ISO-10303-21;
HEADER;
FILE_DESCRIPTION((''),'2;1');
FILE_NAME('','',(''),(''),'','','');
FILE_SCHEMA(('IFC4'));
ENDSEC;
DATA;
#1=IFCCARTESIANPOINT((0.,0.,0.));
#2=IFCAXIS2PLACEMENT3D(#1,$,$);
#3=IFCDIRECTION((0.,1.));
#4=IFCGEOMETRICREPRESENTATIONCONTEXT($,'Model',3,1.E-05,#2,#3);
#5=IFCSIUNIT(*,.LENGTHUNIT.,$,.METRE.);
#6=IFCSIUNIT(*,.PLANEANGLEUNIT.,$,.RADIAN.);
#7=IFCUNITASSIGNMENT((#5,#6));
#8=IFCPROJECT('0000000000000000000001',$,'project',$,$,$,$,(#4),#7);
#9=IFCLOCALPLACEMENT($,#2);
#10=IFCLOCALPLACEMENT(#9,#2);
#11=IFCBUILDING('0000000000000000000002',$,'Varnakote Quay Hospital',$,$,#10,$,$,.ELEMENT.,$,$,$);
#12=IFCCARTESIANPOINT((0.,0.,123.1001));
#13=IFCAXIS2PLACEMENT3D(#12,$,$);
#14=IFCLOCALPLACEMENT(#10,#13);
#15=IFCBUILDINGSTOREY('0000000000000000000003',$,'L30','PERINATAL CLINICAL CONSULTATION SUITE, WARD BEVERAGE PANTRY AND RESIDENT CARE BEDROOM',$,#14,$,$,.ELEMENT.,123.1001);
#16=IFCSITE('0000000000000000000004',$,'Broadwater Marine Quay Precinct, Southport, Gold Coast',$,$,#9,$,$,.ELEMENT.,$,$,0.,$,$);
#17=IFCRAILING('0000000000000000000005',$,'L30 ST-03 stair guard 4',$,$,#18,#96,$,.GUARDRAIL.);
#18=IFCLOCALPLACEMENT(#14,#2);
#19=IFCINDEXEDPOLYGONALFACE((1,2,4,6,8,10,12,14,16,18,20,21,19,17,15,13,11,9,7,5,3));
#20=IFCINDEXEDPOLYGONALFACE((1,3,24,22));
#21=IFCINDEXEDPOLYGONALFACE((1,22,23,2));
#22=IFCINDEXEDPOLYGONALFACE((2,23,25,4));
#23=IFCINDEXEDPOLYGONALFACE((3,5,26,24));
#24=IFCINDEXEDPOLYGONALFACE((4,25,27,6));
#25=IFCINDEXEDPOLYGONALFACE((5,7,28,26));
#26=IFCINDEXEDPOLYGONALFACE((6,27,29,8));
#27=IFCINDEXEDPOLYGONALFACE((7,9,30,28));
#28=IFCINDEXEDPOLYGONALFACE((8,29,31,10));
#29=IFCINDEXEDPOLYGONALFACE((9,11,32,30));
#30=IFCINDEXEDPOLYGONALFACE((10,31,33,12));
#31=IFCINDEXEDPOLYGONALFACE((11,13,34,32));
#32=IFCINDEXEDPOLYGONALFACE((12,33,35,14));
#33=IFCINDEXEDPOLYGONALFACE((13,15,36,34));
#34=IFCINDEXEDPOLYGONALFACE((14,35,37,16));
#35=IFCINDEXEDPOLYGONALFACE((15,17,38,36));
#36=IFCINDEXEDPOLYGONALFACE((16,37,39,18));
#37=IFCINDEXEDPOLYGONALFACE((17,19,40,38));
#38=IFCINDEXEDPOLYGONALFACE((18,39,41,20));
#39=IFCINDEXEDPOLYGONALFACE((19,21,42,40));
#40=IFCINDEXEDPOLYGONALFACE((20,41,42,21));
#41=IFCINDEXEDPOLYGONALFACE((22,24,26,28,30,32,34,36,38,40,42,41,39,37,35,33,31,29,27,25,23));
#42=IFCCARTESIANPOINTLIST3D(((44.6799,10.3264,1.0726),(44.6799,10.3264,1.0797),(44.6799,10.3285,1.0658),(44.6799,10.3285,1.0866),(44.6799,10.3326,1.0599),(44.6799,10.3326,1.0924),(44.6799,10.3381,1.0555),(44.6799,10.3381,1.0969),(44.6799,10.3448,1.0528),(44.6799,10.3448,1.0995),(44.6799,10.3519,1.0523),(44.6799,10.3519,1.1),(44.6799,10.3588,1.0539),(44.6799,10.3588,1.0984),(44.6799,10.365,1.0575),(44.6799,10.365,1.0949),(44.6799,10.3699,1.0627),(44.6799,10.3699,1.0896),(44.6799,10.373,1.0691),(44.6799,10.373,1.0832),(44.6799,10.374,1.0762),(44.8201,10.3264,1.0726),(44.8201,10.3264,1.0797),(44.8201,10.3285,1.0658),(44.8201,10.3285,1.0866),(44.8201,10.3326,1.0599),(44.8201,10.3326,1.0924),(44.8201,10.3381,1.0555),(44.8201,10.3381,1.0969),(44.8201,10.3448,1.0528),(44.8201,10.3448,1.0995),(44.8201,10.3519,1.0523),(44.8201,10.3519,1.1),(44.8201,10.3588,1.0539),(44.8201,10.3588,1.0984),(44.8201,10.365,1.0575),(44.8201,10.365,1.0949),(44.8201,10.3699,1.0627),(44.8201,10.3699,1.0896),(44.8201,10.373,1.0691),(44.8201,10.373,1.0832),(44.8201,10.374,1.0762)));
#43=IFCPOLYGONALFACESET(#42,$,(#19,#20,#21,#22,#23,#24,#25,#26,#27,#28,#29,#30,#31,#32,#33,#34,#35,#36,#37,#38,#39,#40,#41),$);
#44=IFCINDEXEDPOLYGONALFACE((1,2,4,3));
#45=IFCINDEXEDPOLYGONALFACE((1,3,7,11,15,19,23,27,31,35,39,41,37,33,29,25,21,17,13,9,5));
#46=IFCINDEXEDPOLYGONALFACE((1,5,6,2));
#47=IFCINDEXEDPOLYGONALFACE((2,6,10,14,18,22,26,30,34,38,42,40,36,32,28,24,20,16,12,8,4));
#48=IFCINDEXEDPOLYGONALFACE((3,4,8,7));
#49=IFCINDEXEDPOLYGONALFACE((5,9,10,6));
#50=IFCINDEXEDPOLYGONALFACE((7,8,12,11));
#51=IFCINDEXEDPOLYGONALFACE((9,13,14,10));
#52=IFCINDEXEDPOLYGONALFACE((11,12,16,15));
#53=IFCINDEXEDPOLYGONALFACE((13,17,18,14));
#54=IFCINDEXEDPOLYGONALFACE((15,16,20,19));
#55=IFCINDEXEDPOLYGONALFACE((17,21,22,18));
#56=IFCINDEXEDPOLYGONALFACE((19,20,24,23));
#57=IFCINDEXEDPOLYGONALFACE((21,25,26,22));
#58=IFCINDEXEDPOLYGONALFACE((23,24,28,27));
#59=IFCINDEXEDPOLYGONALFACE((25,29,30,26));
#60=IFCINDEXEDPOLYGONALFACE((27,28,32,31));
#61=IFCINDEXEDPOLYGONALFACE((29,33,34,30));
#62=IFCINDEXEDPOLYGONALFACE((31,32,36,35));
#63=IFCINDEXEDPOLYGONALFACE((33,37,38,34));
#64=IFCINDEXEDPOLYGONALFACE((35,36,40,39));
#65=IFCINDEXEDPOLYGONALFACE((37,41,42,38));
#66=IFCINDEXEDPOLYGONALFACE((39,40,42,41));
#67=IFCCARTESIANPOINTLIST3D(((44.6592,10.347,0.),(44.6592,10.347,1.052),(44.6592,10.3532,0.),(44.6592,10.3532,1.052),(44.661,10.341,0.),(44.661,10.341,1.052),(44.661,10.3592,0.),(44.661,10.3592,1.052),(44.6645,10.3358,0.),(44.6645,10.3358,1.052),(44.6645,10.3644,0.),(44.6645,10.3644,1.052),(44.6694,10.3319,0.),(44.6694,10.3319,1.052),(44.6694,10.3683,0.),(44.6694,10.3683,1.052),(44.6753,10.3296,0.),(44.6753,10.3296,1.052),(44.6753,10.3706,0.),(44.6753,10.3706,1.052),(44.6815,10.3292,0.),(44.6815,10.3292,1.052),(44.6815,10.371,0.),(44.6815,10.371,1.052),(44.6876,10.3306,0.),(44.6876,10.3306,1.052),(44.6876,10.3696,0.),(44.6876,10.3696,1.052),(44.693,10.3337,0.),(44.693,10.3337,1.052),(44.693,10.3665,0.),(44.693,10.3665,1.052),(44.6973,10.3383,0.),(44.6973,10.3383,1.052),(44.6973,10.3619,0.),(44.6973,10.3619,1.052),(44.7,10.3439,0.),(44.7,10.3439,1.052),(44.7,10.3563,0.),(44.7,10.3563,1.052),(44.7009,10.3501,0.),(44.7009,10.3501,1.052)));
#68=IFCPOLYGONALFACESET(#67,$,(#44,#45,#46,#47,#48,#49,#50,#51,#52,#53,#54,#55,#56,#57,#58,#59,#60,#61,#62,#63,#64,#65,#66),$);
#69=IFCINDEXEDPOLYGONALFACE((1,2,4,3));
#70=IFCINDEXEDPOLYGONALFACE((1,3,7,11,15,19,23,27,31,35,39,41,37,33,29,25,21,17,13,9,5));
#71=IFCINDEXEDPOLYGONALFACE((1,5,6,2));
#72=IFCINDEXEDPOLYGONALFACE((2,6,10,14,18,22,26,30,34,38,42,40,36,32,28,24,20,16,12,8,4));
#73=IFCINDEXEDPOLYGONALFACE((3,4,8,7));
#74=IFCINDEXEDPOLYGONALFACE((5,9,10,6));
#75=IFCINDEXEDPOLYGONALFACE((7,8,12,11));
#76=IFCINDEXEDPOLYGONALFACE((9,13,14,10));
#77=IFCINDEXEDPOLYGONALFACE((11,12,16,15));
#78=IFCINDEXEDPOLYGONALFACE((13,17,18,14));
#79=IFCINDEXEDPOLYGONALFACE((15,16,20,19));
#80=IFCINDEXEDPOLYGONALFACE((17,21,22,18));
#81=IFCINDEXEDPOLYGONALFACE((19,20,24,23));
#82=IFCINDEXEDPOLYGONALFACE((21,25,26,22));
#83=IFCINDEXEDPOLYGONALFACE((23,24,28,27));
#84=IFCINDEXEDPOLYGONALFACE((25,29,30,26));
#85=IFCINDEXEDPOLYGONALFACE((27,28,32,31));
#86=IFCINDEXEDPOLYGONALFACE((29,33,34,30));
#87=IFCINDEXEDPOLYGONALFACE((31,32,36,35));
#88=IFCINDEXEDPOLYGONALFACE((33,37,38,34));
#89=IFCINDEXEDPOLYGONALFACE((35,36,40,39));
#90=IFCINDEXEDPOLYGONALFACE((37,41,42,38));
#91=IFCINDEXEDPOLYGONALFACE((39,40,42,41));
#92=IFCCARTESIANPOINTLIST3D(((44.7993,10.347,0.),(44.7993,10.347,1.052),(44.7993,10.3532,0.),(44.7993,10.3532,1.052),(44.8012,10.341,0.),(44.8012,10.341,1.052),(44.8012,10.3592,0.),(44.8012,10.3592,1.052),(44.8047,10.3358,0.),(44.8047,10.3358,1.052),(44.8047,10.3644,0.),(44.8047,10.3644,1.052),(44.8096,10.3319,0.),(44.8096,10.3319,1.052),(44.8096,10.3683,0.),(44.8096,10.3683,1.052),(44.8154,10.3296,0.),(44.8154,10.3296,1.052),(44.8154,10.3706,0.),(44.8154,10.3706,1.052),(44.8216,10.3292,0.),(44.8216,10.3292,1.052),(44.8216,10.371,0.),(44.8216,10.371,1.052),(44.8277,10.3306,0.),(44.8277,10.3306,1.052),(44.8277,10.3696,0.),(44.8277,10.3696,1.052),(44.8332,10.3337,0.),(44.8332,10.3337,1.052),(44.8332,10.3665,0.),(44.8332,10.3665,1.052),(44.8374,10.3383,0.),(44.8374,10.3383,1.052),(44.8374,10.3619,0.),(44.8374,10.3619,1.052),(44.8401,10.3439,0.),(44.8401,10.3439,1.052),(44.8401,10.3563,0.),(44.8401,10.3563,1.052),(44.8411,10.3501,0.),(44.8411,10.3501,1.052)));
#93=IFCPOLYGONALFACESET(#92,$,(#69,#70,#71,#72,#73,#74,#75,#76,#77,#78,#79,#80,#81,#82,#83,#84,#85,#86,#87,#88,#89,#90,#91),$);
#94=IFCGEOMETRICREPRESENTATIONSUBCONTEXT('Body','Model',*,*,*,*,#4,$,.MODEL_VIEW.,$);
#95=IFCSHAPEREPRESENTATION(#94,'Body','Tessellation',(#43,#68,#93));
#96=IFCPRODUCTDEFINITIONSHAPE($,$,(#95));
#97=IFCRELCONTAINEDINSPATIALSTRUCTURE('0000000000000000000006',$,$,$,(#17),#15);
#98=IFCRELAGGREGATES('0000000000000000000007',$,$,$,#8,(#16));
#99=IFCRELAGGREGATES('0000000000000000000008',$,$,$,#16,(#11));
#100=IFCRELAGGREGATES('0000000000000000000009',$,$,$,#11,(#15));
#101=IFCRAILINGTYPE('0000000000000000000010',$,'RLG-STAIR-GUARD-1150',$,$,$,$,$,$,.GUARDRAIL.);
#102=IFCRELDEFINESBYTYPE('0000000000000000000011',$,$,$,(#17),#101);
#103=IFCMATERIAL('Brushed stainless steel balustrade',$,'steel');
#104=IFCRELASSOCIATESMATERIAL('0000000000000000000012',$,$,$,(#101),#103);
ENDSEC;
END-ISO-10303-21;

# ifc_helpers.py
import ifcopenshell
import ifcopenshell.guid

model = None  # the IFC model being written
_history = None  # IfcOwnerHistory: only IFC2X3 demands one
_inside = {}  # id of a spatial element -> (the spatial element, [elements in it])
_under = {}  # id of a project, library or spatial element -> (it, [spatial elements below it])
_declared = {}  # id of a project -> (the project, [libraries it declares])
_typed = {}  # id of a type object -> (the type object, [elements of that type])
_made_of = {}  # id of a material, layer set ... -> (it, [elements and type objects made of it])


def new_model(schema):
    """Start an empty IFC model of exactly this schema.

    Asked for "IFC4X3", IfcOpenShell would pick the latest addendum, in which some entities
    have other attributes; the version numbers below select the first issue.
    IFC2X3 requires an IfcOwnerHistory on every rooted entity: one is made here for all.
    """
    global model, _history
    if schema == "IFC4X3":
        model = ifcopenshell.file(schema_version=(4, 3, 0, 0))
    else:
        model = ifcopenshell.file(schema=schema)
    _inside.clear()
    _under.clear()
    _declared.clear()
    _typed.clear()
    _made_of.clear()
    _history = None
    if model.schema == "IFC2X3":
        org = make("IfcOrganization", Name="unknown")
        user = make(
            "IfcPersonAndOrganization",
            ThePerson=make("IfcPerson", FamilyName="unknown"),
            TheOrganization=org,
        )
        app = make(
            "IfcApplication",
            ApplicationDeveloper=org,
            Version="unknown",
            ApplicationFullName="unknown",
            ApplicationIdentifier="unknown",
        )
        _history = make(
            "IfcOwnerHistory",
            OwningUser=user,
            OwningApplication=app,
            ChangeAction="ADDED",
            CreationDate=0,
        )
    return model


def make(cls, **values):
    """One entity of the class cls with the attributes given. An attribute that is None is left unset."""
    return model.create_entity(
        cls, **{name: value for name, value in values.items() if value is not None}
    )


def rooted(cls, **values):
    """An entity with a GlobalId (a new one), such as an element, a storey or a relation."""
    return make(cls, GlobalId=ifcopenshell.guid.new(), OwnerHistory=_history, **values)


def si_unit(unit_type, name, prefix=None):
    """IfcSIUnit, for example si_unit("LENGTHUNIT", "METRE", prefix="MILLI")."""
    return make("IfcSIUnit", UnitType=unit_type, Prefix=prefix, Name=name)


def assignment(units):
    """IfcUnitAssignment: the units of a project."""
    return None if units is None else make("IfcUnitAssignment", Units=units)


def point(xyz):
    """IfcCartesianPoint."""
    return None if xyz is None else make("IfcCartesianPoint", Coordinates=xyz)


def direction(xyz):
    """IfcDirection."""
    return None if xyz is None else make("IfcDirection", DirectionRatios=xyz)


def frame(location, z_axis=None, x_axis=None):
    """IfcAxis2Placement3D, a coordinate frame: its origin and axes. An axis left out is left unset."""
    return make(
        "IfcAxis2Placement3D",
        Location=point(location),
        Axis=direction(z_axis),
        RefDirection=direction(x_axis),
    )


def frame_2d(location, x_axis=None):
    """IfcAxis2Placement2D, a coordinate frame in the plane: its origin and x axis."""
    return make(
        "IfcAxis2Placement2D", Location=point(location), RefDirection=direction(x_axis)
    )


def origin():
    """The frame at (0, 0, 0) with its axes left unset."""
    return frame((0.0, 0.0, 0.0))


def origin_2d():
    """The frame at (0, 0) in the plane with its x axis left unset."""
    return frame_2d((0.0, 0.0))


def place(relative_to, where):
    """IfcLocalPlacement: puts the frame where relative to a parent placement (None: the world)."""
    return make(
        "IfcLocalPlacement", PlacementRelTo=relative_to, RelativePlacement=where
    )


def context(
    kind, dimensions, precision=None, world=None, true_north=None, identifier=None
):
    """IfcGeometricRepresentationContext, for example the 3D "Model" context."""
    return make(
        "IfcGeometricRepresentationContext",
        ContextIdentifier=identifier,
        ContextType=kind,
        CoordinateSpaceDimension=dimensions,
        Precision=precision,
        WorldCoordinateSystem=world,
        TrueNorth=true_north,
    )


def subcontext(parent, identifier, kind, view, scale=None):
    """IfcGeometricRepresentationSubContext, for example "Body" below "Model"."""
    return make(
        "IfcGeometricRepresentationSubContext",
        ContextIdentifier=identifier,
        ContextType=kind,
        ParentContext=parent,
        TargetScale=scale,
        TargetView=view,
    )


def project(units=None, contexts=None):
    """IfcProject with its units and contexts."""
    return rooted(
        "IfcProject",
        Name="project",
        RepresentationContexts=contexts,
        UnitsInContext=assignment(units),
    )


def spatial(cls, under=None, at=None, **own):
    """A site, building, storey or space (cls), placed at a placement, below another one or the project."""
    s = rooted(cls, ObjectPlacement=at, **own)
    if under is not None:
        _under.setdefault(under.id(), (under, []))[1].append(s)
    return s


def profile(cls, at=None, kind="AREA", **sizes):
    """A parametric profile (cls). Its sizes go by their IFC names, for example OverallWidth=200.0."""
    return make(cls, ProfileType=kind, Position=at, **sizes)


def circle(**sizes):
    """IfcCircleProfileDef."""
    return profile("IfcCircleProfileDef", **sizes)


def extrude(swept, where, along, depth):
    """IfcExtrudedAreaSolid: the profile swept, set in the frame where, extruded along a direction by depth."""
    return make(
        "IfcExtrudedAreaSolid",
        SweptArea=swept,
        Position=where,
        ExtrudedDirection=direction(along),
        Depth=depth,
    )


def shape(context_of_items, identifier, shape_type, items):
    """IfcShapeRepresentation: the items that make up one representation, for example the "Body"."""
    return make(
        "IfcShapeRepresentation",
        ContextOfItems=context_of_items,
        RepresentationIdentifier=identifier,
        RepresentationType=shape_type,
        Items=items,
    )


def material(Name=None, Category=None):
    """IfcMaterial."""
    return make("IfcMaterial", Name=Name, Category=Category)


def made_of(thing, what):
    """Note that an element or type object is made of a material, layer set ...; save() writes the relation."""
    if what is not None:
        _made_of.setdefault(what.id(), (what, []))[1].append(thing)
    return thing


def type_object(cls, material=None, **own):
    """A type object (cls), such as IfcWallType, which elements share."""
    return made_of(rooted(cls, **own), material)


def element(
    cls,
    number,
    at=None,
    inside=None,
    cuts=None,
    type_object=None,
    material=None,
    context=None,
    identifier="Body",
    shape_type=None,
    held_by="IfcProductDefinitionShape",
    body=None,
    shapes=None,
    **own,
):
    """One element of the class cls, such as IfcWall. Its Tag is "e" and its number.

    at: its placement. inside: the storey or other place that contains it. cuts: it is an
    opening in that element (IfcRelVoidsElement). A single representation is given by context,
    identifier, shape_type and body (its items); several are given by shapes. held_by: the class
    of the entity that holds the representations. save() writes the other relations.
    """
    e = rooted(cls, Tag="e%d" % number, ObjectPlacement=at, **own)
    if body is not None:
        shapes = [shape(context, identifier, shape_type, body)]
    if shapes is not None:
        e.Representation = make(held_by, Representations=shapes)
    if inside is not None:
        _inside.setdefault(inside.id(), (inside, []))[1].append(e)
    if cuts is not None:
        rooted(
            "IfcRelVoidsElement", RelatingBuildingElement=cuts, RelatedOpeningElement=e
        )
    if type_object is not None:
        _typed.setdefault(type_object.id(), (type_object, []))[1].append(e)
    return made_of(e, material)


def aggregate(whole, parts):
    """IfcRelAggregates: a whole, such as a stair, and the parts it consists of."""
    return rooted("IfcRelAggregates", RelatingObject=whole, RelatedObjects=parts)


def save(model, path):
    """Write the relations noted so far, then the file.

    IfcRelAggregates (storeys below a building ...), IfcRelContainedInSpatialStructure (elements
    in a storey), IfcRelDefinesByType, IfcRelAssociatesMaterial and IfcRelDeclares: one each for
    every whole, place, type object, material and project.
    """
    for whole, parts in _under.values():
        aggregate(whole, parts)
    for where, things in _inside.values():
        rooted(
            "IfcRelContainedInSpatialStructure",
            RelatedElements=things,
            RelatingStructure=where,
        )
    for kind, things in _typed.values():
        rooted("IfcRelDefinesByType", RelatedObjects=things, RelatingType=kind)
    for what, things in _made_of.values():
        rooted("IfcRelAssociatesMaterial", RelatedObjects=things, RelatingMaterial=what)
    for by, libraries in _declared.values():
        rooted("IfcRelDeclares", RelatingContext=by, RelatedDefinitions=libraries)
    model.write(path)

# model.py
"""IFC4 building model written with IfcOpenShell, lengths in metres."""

from ifc_helpers import new_model, si_unit, direction, frame, origin, origin_2d, place, context, subcontext, project, spatial, circle, extrude, material, type_object, element, save


model = new_model("IFC4")

# Units and contexts
model_context = context("Model", 3, precision=1e-05, world=origin(), true_north=direction((0.0, 1.0)))
body_context = subcontext(model_context, "Body", "Model", "MODEL_VIEW")
ifc_project = project(units=[si_unit("LENGTHUNIT", "METRE"), si_unit("PLANEANGLEUNIT", "RADIAN")], contexts=[model_context])

# Site, building, storey
site_placement = place(None, origin())
site = spatial("IfcSite", under=ifc_project, at=site_placement, Name="Broadwater Marine Quay Precinct, Southport, Gold Coast", CompositionType="ELEMENT", RefElevation=0.0)
building_placement = place(site_placement, origin())
building = spatial("IfcBuilding", under=site, at=building_placement, Name="Varnakote Quay Hospital", CompositionType="ELEMENT")
storey_placement = place(building_placement, frame((0.0, 0.0, 123.1001)))
storey = spatial("IfcBuildingStorey", under=building, at=storey_placement, Name="L30", Description="PERINATAL CLINICAL CONSULTATION SUITE, WARD BEVERAGE PANTRY AND RESIDENT CARE BEDROOM", CompositionType="ELEMENT", Elevation=123.1001)

# Railing
ifc_material_1 = material(Name="Brushed stainless steel balustrade", Category="steel")
railing_type_1 = type_object("IfcRailingType", Name="RLG-STAIR-GUARD-1150", PredefinedType="GUARDRAIL", material=ifc_material_1)
railing_1_placement = place(storey_placement, frame((44.6799, 10.3501, 0.0)))
element("IfcRailing", 1, at=railing_1_placement, inside=storey, type_object=railing_type_1, Name="L30 ST-03 stair guard 4", PredefinedType="GUARDRAIL", context=body_context, shape_type="SweptSolid", body=[
    extrude(circle(Radius=0.0239, at=origin_2d()), frame((0.0, 0.0, 1.0762), z_axis=(1.0, 0.0, 0.0), x_axis=(0.0, 1.0, 0.0)), (0.0, 0.0, 1.0), 0.1401),
    extrude(circle(Radius=0.021, at=origin_2d()), origin(), (0.0, 0.0, 1.0), 1.052),
    extrude(circle(Radius=0.021, at=origin_2d()), frame((0.1401, 0.0, 0.0)), (0.0, 0.0, 1.0), 1.052),
])

save(model, "model.ifc")
